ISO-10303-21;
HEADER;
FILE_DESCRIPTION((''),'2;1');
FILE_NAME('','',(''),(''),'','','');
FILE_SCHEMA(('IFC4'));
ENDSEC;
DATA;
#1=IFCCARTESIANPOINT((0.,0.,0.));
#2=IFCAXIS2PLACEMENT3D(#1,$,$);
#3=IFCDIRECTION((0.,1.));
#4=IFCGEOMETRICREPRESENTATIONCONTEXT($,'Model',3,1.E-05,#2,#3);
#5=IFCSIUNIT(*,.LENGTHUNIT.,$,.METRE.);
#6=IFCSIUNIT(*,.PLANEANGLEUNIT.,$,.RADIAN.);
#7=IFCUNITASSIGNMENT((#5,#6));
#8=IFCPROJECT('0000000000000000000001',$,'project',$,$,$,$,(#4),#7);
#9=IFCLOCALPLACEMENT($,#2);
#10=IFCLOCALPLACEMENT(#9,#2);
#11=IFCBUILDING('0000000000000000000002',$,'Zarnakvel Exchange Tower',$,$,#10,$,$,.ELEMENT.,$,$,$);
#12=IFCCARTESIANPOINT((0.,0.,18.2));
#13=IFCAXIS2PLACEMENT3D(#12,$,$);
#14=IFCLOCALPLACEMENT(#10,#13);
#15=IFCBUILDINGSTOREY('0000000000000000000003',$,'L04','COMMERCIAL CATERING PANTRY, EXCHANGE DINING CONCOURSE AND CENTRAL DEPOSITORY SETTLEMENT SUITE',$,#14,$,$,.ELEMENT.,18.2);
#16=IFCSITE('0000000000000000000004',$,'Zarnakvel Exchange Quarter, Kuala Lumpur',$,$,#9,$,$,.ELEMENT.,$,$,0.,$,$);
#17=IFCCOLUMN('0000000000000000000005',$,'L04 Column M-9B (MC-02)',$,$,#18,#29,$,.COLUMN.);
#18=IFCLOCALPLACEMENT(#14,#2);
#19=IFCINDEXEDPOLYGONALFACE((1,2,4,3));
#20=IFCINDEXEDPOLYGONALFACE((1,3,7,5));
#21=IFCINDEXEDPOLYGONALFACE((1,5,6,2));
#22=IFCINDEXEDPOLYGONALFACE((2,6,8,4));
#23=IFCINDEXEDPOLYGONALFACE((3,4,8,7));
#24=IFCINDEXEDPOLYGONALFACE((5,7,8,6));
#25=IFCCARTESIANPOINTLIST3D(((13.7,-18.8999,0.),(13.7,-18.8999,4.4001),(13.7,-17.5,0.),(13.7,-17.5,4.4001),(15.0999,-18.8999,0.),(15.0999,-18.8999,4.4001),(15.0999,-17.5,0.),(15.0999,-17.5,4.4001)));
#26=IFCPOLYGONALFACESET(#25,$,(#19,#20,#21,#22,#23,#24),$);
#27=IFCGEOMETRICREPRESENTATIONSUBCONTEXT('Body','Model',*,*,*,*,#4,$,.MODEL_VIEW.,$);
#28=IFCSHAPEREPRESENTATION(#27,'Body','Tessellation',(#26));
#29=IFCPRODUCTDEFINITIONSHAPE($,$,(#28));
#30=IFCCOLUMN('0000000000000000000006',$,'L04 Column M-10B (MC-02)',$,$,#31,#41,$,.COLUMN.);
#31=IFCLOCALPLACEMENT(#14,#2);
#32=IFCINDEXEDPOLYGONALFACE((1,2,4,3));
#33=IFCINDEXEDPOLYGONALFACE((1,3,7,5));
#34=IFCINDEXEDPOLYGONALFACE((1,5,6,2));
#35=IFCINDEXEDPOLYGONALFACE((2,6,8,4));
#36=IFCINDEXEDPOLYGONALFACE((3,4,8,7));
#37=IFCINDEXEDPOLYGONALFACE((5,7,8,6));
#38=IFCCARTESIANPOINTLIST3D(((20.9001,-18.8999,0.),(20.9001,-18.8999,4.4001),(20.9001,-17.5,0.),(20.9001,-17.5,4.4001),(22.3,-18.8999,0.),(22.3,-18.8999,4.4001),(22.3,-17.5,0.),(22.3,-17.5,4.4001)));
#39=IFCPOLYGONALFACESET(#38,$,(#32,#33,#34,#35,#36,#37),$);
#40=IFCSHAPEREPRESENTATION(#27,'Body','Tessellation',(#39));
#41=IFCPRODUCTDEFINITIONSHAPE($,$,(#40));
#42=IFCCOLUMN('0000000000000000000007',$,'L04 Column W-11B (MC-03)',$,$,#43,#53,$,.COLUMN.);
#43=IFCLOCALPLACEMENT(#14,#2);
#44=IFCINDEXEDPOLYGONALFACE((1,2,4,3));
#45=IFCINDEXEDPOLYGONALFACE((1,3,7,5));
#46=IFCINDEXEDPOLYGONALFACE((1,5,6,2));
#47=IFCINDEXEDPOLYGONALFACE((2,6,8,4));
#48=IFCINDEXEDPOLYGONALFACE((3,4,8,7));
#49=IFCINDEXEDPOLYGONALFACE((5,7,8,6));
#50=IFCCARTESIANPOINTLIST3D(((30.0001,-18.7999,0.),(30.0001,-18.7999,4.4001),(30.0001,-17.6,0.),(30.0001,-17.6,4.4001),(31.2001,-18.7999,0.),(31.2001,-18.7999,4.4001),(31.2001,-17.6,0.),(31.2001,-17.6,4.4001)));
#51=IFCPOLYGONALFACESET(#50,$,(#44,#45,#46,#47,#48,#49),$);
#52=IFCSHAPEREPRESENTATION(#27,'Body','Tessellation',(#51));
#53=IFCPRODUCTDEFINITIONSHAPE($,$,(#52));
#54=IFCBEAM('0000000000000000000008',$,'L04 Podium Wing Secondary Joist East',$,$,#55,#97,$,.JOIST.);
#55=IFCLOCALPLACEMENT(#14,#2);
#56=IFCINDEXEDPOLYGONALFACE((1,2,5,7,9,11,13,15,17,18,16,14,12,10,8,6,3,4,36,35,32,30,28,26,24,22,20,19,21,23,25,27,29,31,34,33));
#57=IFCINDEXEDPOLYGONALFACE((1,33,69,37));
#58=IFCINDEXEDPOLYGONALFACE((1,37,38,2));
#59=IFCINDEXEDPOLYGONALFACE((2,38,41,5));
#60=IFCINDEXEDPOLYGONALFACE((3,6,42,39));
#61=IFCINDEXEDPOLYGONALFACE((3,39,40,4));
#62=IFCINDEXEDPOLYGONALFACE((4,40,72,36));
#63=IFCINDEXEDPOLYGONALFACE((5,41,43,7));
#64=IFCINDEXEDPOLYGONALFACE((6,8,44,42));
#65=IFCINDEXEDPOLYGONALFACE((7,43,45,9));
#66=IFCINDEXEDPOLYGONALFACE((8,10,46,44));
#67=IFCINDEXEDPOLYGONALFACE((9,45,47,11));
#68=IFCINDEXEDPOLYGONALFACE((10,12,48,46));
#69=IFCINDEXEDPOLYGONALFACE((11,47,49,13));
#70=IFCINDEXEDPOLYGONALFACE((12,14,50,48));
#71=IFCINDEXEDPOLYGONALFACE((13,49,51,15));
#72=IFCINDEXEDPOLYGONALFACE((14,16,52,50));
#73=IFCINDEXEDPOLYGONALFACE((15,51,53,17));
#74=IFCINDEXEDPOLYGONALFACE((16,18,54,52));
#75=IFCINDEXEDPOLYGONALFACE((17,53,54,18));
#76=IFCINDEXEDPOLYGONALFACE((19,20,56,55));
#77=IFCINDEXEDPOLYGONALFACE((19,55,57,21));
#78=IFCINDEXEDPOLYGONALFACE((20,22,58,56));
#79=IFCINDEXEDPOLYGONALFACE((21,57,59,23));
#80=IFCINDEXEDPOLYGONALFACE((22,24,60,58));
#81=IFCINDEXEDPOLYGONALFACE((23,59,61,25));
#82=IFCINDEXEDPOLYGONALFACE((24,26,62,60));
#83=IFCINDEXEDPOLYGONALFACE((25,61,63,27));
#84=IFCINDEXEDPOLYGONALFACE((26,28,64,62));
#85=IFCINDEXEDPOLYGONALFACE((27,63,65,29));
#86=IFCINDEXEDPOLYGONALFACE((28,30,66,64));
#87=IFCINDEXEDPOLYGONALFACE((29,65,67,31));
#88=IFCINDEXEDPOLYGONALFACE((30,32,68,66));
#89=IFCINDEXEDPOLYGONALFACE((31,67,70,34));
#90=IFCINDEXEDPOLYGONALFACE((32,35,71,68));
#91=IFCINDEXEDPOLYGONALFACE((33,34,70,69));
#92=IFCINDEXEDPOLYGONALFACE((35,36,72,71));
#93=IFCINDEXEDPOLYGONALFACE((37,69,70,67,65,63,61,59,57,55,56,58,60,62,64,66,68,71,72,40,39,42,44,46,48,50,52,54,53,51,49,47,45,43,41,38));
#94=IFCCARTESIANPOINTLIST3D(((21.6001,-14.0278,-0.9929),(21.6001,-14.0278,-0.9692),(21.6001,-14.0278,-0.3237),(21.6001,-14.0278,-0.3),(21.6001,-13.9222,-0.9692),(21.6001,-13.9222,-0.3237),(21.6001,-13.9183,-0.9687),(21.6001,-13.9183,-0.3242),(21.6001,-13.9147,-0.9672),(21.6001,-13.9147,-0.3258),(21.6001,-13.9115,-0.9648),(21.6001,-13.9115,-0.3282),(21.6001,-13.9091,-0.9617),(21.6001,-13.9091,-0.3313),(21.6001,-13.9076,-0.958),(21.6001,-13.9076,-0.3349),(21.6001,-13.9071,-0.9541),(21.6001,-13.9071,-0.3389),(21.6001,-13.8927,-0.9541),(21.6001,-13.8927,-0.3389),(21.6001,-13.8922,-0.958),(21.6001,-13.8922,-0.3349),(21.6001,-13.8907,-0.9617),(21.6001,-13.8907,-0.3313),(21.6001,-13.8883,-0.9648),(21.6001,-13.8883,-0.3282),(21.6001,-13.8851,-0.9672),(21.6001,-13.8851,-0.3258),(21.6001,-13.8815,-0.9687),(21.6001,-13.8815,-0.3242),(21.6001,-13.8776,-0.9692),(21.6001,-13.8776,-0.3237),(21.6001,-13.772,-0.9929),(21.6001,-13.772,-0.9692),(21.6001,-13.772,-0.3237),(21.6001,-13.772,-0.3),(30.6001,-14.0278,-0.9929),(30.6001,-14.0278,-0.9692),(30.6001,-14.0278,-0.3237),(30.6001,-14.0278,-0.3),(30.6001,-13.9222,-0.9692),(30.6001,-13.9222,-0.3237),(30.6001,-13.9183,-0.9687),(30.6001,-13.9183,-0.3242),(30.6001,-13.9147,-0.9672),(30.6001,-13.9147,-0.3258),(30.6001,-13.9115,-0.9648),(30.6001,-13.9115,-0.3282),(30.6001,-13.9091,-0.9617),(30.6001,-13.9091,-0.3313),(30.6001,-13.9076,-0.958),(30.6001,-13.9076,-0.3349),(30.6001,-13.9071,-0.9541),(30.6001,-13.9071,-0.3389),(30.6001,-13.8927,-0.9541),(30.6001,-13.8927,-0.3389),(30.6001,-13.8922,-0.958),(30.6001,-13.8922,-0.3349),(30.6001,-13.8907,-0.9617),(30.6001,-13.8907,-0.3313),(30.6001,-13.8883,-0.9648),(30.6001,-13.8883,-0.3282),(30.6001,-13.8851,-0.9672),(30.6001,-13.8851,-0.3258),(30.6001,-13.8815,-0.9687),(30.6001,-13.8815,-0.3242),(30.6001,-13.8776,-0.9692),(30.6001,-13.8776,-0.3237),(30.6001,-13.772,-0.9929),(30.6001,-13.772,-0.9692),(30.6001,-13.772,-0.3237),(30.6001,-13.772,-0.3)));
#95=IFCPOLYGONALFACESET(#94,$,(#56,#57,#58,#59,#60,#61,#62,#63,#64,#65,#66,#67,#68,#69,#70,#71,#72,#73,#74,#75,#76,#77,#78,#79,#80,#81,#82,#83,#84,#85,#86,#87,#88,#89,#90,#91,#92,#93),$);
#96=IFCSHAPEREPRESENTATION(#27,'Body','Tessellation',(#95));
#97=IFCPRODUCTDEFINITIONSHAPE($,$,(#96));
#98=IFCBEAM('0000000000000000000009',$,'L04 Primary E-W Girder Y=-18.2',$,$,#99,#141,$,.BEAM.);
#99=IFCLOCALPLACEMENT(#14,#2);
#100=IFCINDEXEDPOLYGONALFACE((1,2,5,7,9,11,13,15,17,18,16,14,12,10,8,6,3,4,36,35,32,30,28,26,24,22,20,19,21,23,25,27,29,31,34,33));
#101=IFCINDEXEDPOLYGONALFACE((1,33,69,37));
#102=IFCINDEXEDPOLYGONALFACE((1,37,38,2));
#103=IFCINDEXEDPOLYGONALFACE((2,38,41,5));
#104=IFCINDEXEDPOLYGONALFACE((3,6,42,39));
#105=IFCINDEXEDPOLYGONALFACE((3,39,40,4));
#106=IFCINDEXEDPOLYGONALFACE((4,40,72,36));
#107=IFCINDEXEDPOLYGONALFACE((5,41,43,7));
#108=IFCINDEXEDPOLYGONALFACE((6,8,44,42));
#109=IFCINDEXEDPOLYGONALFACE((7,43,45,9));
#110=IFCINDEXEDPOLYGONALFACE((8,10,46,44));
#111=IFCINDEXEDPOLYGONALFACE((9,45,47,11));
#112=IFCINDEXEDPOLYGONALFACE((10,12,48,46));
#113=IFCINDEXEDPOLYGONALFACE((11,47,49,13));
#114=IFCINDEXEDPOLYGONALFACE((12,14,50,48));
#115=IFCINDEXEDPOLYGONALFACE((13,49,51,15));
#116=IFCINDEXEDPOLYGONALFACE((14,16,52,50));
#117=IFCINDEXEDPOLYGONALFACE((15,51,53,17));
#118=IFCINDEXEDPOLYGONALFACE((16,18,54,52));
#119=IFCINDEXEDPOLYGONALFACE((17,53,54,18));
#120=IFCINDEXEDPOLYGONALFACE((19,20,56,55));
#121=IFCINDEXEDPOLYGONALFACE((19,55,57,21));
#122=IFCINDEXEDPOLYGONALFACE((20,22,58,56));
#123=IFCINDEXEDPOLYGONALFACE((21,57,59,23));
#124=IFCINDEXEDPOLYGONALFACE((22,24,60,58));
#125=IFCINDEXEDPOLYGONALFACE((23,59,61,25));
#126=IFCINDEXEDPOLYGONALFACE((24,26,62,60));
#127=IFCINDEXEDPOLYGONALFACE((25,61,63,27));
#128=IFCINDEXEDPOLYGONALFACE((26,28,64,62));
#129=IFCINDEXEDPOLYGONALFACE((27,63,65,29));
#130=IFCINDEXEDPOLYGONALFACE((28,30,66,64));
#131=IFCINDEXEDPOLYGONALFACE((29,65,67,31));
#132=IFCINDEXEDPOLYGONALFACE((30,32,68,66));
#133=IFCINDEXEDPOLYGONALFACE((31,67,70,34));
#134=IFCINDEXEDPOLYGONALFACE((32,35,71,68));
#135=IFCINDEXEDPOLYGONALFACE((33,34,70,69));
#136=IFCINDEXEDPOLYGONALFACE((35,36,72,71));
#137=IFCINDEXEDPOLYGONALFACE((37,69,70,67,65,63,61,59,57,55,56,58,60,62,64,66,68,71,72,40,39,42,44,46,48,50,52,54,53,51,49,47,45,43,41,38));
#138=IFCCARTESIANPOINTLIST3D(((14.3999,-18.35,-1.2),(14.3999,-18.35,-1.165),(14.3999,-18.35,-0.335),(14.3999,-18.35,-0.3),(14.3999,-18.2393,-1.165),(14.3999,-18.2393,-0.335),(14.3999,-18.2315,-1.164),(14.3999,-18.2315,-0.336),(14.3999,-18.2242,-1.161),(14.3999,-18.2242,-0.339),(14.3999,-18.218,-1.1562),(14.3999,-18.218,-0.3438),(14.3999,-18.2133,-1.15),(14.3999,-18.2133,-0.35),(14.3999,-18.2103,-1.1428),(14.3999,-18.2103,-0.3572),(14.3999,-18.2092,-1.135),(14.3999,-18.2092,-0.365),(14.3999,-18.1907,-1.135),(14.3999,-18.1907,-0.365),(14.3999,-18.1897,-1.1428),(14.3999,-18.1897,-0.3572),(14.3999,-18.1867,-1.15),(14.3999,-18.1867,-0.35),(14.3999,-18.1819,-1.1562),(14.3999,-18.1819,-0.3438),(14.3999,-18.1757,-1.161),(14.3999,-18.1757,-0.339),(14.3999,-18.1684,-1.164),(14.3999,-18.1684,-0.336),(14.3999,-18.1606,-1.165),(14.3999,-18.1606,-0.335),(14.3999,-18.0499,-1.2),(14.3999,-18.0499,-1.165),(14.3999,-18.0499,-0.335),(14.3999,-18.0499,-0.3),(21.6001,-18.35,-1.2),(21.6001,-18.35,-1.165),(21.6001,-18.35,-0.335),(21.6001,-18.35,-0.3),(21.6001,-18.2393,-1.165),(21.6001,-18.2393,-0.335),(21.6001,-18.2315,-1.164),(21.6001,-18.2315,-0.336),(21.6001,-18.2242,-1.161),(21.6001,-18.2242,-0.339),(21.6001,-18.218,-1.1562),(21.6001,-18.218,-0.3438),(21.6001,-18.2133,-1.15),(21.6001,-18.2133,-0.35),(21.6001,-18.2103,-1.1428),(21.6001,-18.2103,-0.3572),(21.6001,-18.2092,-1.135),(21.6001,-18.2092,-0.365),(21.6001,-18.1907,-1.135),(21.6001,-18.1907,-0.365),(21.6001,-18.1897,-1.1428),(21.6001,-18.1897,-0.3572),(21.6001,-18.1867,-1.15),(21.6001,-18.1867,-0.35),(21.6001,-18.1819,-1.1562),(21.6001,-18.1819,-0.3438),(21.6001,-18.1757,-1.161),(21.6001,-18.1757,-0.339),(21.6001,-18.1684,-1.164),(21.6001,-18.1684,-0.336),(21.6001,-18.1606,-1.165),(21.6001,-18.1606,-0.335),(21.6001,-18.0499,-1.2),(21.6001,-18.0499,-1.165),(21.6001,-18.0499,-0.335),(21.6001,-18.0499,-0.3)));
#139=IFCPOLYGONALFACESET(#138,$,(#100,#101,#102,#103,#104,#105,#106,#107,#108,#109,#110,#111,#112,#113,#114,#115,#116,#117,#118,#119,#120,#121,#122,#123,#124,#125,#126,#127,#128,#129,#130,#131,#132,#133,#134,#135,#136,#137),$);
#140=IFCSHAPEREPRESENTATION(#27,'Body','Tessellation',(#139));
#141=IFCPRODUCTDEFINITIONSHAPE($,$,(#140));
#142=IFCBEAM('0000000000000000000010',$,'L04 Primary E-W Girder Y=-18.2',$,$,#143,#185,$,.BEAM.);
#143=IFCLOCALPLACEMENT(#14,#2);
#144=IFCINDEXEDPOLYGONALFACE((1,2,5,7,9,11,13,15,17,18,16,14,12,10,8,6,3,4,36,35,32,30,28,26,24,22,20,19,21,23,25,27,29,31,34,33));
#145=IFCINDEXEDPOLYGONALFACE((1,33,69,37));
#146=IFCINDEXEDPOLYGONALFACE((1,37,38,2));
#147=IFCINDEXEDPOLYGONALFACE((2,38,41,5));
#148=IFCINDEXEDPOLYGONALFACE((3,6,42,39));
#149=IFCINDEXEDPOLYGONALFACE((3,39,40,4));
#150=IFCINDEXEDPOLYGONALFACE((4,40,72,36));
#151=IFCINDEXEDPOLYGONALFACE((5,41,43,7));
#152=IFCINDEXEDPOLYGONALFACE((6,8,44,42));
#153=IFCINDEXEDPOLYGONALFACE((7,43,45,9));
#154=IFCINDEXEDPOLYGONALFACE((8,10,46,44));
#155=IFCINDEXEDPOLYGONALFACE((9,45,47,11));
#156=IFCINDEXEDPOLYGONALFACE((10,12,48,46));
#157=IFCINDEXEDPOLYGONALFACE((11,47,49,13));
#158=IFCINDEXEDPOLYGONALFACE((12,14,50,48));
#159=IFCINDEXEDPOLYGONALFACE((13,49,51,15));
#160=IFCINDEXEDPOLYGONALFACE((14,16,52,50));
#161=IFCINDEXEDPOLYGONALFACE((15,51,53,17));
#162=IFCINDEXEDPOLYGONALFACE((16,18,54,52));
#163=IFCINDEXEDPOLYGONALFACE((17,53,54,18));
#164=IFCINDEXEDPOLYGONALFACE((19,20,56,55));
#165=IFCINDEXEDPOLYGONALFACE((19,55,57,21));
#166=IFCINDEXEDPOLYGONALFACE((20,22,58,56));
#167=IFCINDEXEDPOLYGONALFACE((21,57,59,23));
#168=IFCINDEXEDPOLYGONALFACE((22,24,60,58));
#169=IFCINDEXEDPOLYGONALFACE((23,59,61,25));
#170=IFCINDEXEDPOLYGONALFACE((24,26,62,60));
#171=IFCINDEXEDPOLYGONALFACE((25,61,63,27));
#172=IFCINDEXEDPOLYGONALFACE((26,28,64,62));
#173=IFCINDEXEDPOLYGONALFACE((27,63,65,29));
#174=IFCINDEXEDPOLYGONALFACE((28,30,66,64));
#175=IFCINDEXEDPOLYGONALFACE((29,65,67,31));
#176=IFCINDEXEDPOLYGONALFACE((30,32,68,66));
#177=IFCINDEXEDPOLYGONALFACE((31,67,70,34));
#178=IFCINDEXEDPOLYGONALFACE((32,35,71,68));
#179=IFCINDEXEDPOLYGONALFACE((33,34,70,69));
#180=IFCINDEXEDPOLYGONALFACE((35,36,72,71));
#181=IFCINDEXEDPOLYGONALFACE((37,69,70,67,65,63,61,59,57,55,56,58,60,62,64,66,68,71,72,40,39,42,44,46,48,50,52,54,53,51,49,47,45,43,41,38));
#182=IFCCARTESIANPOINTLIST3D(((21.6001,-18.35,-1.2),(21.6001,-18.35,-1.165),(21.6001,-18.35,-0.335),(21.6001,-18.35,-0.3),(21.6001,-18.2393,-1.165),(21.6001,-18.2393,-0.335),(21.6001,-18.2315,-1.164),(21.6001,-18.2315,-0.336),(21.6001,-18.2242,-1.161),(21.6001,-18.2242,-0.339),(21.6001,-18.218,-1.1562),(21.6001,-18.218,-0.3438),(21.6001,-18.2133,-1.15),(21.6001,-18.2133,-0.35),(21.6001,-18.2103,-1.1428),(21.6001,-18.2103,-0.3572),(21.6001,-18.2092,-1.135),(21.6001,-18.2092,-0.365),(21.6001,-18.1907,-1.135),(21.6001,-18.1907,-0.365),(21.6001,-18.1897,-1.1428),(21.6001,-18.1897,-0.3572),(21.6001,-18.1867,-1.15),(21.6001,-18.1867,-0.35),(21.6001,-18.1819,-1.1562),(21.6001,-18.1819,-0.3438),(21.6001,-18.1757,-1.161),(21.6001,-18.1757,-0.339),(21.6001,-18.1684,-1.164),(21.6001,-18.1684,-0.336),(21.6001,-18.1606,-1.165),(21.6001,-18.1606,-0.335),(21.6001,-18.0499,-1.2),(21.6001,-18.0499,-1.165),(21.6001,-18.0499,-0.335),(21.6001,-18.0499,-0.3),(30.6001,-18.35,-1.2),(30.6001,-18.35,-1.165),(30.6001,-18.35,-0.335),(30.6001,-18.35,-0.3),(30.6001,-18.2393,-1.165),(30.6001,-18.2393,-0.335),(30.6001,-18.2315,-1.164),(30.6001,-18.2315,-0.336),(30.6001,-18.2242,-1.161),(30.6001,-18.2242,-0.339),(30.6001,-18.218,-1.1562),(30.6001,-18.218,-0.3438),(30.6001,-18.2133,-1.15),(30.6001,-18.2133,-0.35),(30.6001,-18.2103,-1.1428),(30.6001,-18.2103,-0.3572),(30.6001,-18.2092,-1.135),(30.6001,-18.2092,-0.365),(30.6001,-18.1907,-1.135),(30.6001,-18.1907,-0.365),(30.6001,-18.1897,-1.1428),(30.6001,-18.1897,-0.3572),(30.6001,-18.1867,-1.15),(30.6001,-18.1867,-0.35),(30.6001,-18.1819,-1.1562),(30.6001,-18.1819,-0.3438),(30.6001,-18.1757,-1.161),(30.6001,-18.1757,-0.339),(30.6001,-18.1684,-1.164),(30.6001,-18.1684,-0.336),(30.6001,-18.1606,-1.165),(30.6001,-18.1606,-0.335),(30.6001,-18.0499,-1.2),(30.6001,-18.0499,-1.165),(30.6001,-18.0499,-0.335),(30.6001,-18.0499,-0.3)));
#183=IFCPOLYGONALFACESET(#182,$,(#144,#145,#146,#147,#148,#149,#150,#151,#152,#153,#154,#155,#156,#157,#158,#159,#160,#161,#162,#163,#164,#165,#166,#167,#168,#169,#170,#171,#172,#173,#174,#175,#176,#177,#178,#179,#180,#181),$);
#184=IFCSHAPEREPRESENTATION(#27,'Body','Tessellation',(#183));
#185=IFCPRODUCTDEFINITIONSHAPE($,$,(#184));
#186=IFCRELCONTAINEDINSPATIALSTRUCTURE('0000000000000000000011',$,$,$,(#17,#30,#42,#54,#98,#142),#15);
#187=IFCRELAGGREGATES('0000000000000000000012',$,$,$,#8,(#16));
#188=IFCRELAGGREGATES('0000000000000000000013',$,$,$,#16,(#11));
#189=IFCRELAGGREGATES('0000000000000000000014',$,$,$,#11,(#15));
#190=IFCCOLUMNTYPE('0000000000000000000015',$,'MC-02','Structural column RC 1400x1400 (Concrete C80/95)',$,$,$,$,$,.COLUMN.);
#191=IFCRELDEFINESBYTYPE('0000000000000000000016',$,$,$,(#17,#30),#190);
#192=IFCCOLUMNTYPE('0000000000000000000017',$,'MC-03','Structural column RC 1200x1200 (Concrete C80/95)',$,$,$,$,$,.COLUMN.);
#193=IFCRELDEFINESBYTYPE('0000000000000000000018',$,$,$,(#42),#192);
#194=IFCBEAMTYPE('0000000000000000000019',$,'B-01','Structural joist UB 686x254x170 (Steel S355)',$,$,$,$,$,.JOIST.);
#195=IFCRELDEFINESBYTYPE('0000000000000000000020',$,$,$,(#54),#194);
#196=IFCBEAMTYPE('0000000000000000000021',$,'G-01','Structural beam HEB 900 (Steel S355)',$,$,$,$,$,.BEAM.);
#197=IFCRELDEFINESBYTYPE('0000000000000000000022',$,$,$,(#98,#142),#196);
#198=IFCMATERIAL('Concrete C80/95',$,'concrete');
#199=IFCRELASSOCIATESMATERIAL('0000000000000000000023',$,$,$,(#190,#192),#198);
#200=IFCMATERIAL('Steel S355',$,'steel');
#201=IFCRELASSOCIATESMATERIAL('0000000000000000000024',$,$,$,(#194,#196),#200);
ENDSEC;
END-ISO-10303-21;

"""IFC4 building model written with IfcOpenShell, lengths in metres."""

from ifc_helpers import new_model, si_unit, direction, frame, origin, origin_2d, place, context, subcontext, project, spatial, rectangle, i_section, extrude, material, material_profile, profile_set, type_object, element, save


model = new_model("IFC4")

# Units and contexts
model_context = context("Model", 3, precision=1e-05, world=origin(), true_north=direction((0.0, 1.0)))
body_context = subcontext(model_context, "Body", "Model", "MODEL_VIEW")
ifc_project = project(units=[si_unit("LENGTHUNIT", "METRE"), si_unit("PLANEANGLEUNIT", "RADIAN")], contexts=[model_context])

# Site, building, storey
site_placement = place(None, origin())
site = spatial("IfcSite", under=ifc_project, at=site_placement, Name="Zarnakvel Exchange Quarter, Kuala Lumpur", CompositionType="ELEMENT", RefElevation=0.0)
building_placement = place(site_placement, origin())
building = spatial("IfcBuilding", under=site, at=building_placement, Name="Zarnakvel Exchange Tower", CompositionType="ELEMENT")
storey_placement = place(building_placement, frame((0.0, 0.0, 18.2)))
storey = spatial("IfcBuildingStorey", under=building, at=storey_placement, Name="L04", Description="COMMERCIAL CATERING PANTRY, EXCHANGE DINING CONCOURSE AND CENTRAL DEPOSITORY SETTLEMENT SUITE", CompositionType="ELEMENT", Elevation=18.2)

# Columns
ifc_material_1 = material(Name="Concrete C80/95", Category="concrete")
ifc_material_profile_1 = material_profile(ifc_material_1, rectangle(XDim=1.3999, YDim=1.3999, at=origin_2d()))
ifc_profile_set_1 = profile_set([ifc_material_profile_1], Name="Concrete C80/95")
column_type_1 = type_object("IfcColumnType", Name="MC-02", Description="Structural column RC 1400x1400 (Concrete C80/95)", PredefinedType="COLUMN", material=ifc_profile_set_1)
for number, where, z_axis, x_axis, name in (
    (1, (14.3999, -18.2, 0.0), (0.0, 0.0, 1.0), (1.0, 0.0, 0.0), "L04 Column M-9B (MC-02)"),
    (2, (21.6001, -18.2, 0.0), (0.0, 0.0, 1.0), (1.0, 0.0, 0.0), "L04 Column M-10B (MC-02)"),
):
    element("IfcColumn", number, at=place(storey_placement, frame(where, z_axis=z_axis, x_axis=x_axis)), inside=storey, type_object=column_type_1, Name=name, PredefinedType="COLUMN", context=body_context, shape_type="SweptSolid", body=[
        extrude(rectangle(XDim=1.3999, YDim=1.3999, at=origin_2d()), origin(), (0.0, 0.0, 1.0), 4.4001),
    ])
ifc_material_profile_2 = material_profile(ifc_material_1, rectangle(XDim=1.2, YDim=1.2, at=origin_2d()))
ifc_profile_set_2 = profile_set([ifc_material_profile_2], Name="Concrete C80/95")
column_type_2 = type_object("IfcColumnType", Name="MC-03", Description="Structural column RC 1200x1200 (Concrete C80/95)", PredefinedType="COLUMN", material=ifc_profile_set_2)
column_placement = place(storey_placement, frame((30.6001, -18.2, 0.0), z_axis=(0.0, 0.0, 1.0), x_axis=(1.0, 0.0, 0.0)))
element("IfcColumn", 3, at=column_placement, inside=storey, type_object=column_type_2, Name="L04 Column W-11B (MC-03)", PredefinedType="COLUMN", context=body_context, shape_type="SweptSolid", body=[
    extrude(rectangle(XDim=1.2, YDim=1.2, at=origin_2d()), origin(), (0.0, 0.0, 1.0), 4.4001),
])

# Beams
ifc_material_2 = material(Name="Steel S355", Category="steel")
ifc_material_profile_3 = material_profile(ifc_material_2, i_section(OverallWidth=0.2559, OverallDepth=0.6929, WebThickness=0.0144, FlangeThickness=0.0237, FilletRadius=0.0151, at=origin_2d()))
ifc_profile_set_3 = profile_set([ifc_material_profile_3], Name="Steel S355")
beam_type_1 = type_object("IfcBeamType", Name="B-01", Description="Structural joist UB 686x254x170 (Steel S355)", PredefinedType="JOIST", material=ifc_profile_set_3)
beam_1_placement = place(storey_placement, frame((21.6001, -13.8999, -0.6465), z_axis=(1.0, 0.0, 0.0), x_axis=(0.0, 1.0, 0.0)))
element("IfcBeam", 4, at=beam_1_placement, inside=storey, type_object=beam_type_1, Name="L04 Podium Wing Secondary Joist East", PredefinedType="JOIST", context=body_context, shape_type="SweptSolid", body=[
    extrude(i_section(OverallWidth=0.2559, OverallDepth=0.6929, WebThickness=0.0144, FlangeThickness=0.0237, FilletRadius=0.0151, at=origin_2d()), origin(), (0.0, 0.0, 1.0), 9.0),
])
ifc_material_profile_4 = material_profile(ifc_material_2, i_section(OverallWidth=0.3, OverallDepth=0.8999, WebThickness=0.0186, FlangeThickness=0.0349, FilletRadius=0.03, at=origin_2d()))
ifc_profile_set_4 = profile_set([ifc_material_profile_4], Name="Steel S355")
beam_type_2 = type_object("IfcBeamType", Name="G-01", Description="Structural beam HEB 900 (Steel S355)", PredefinedType="BEAM", material=ifc_profile_set_4)
beam_2_placement = place(storey_placement, frame((14.3999, -18.2, -0.75), z_axis=(1.0, 0.0, 0.0), x_axis=(0.0, 1.0, 0.0)))
element("IfcBeam", 5, at=beam_2_placement, inside=storey, type_object=beam_type_2, Name="L04 Primary E-W Girder Y=-18.2", PredefinedType="BEAM", context=body_context, shape_type="SweptSolid", body=[
    extrude(i_section(OverallWidth=0.3, OverallDepth=0.8999, WebThickness=0.0186, FlangeThickness=0.0349, FilletRadius=0.03, at=origin_2d()), origin(), (0.0, 0.0, 1.0), 7.2002),
])
beam_3_placement = place(storey_placement, frame((21.6001, -18.2, -0.75), z_axis=(1.0, 0.0, 0.0), x_axis=(0.0, 1.0, 0.0)))
element("IfcBeam", 6, at=beam_3_placement, inside=storey, type_object=beam_type_2, Name="L04 Primary E-W Girder Y=-18.2", PredefinedType="BEAM", context=body_context, shape_type="SweptSolid", body=[
    extrude(i_section(OverallWidth=0.3, OverallDepth=0.8999, WebThickness=0.0186, FlangeThickness=0.0349, FilletRadius=0.03, at=origin_2d()), origin(), (0.0, 0.0, 1.0), 9.0),
])

save(model, "model.ifc")
